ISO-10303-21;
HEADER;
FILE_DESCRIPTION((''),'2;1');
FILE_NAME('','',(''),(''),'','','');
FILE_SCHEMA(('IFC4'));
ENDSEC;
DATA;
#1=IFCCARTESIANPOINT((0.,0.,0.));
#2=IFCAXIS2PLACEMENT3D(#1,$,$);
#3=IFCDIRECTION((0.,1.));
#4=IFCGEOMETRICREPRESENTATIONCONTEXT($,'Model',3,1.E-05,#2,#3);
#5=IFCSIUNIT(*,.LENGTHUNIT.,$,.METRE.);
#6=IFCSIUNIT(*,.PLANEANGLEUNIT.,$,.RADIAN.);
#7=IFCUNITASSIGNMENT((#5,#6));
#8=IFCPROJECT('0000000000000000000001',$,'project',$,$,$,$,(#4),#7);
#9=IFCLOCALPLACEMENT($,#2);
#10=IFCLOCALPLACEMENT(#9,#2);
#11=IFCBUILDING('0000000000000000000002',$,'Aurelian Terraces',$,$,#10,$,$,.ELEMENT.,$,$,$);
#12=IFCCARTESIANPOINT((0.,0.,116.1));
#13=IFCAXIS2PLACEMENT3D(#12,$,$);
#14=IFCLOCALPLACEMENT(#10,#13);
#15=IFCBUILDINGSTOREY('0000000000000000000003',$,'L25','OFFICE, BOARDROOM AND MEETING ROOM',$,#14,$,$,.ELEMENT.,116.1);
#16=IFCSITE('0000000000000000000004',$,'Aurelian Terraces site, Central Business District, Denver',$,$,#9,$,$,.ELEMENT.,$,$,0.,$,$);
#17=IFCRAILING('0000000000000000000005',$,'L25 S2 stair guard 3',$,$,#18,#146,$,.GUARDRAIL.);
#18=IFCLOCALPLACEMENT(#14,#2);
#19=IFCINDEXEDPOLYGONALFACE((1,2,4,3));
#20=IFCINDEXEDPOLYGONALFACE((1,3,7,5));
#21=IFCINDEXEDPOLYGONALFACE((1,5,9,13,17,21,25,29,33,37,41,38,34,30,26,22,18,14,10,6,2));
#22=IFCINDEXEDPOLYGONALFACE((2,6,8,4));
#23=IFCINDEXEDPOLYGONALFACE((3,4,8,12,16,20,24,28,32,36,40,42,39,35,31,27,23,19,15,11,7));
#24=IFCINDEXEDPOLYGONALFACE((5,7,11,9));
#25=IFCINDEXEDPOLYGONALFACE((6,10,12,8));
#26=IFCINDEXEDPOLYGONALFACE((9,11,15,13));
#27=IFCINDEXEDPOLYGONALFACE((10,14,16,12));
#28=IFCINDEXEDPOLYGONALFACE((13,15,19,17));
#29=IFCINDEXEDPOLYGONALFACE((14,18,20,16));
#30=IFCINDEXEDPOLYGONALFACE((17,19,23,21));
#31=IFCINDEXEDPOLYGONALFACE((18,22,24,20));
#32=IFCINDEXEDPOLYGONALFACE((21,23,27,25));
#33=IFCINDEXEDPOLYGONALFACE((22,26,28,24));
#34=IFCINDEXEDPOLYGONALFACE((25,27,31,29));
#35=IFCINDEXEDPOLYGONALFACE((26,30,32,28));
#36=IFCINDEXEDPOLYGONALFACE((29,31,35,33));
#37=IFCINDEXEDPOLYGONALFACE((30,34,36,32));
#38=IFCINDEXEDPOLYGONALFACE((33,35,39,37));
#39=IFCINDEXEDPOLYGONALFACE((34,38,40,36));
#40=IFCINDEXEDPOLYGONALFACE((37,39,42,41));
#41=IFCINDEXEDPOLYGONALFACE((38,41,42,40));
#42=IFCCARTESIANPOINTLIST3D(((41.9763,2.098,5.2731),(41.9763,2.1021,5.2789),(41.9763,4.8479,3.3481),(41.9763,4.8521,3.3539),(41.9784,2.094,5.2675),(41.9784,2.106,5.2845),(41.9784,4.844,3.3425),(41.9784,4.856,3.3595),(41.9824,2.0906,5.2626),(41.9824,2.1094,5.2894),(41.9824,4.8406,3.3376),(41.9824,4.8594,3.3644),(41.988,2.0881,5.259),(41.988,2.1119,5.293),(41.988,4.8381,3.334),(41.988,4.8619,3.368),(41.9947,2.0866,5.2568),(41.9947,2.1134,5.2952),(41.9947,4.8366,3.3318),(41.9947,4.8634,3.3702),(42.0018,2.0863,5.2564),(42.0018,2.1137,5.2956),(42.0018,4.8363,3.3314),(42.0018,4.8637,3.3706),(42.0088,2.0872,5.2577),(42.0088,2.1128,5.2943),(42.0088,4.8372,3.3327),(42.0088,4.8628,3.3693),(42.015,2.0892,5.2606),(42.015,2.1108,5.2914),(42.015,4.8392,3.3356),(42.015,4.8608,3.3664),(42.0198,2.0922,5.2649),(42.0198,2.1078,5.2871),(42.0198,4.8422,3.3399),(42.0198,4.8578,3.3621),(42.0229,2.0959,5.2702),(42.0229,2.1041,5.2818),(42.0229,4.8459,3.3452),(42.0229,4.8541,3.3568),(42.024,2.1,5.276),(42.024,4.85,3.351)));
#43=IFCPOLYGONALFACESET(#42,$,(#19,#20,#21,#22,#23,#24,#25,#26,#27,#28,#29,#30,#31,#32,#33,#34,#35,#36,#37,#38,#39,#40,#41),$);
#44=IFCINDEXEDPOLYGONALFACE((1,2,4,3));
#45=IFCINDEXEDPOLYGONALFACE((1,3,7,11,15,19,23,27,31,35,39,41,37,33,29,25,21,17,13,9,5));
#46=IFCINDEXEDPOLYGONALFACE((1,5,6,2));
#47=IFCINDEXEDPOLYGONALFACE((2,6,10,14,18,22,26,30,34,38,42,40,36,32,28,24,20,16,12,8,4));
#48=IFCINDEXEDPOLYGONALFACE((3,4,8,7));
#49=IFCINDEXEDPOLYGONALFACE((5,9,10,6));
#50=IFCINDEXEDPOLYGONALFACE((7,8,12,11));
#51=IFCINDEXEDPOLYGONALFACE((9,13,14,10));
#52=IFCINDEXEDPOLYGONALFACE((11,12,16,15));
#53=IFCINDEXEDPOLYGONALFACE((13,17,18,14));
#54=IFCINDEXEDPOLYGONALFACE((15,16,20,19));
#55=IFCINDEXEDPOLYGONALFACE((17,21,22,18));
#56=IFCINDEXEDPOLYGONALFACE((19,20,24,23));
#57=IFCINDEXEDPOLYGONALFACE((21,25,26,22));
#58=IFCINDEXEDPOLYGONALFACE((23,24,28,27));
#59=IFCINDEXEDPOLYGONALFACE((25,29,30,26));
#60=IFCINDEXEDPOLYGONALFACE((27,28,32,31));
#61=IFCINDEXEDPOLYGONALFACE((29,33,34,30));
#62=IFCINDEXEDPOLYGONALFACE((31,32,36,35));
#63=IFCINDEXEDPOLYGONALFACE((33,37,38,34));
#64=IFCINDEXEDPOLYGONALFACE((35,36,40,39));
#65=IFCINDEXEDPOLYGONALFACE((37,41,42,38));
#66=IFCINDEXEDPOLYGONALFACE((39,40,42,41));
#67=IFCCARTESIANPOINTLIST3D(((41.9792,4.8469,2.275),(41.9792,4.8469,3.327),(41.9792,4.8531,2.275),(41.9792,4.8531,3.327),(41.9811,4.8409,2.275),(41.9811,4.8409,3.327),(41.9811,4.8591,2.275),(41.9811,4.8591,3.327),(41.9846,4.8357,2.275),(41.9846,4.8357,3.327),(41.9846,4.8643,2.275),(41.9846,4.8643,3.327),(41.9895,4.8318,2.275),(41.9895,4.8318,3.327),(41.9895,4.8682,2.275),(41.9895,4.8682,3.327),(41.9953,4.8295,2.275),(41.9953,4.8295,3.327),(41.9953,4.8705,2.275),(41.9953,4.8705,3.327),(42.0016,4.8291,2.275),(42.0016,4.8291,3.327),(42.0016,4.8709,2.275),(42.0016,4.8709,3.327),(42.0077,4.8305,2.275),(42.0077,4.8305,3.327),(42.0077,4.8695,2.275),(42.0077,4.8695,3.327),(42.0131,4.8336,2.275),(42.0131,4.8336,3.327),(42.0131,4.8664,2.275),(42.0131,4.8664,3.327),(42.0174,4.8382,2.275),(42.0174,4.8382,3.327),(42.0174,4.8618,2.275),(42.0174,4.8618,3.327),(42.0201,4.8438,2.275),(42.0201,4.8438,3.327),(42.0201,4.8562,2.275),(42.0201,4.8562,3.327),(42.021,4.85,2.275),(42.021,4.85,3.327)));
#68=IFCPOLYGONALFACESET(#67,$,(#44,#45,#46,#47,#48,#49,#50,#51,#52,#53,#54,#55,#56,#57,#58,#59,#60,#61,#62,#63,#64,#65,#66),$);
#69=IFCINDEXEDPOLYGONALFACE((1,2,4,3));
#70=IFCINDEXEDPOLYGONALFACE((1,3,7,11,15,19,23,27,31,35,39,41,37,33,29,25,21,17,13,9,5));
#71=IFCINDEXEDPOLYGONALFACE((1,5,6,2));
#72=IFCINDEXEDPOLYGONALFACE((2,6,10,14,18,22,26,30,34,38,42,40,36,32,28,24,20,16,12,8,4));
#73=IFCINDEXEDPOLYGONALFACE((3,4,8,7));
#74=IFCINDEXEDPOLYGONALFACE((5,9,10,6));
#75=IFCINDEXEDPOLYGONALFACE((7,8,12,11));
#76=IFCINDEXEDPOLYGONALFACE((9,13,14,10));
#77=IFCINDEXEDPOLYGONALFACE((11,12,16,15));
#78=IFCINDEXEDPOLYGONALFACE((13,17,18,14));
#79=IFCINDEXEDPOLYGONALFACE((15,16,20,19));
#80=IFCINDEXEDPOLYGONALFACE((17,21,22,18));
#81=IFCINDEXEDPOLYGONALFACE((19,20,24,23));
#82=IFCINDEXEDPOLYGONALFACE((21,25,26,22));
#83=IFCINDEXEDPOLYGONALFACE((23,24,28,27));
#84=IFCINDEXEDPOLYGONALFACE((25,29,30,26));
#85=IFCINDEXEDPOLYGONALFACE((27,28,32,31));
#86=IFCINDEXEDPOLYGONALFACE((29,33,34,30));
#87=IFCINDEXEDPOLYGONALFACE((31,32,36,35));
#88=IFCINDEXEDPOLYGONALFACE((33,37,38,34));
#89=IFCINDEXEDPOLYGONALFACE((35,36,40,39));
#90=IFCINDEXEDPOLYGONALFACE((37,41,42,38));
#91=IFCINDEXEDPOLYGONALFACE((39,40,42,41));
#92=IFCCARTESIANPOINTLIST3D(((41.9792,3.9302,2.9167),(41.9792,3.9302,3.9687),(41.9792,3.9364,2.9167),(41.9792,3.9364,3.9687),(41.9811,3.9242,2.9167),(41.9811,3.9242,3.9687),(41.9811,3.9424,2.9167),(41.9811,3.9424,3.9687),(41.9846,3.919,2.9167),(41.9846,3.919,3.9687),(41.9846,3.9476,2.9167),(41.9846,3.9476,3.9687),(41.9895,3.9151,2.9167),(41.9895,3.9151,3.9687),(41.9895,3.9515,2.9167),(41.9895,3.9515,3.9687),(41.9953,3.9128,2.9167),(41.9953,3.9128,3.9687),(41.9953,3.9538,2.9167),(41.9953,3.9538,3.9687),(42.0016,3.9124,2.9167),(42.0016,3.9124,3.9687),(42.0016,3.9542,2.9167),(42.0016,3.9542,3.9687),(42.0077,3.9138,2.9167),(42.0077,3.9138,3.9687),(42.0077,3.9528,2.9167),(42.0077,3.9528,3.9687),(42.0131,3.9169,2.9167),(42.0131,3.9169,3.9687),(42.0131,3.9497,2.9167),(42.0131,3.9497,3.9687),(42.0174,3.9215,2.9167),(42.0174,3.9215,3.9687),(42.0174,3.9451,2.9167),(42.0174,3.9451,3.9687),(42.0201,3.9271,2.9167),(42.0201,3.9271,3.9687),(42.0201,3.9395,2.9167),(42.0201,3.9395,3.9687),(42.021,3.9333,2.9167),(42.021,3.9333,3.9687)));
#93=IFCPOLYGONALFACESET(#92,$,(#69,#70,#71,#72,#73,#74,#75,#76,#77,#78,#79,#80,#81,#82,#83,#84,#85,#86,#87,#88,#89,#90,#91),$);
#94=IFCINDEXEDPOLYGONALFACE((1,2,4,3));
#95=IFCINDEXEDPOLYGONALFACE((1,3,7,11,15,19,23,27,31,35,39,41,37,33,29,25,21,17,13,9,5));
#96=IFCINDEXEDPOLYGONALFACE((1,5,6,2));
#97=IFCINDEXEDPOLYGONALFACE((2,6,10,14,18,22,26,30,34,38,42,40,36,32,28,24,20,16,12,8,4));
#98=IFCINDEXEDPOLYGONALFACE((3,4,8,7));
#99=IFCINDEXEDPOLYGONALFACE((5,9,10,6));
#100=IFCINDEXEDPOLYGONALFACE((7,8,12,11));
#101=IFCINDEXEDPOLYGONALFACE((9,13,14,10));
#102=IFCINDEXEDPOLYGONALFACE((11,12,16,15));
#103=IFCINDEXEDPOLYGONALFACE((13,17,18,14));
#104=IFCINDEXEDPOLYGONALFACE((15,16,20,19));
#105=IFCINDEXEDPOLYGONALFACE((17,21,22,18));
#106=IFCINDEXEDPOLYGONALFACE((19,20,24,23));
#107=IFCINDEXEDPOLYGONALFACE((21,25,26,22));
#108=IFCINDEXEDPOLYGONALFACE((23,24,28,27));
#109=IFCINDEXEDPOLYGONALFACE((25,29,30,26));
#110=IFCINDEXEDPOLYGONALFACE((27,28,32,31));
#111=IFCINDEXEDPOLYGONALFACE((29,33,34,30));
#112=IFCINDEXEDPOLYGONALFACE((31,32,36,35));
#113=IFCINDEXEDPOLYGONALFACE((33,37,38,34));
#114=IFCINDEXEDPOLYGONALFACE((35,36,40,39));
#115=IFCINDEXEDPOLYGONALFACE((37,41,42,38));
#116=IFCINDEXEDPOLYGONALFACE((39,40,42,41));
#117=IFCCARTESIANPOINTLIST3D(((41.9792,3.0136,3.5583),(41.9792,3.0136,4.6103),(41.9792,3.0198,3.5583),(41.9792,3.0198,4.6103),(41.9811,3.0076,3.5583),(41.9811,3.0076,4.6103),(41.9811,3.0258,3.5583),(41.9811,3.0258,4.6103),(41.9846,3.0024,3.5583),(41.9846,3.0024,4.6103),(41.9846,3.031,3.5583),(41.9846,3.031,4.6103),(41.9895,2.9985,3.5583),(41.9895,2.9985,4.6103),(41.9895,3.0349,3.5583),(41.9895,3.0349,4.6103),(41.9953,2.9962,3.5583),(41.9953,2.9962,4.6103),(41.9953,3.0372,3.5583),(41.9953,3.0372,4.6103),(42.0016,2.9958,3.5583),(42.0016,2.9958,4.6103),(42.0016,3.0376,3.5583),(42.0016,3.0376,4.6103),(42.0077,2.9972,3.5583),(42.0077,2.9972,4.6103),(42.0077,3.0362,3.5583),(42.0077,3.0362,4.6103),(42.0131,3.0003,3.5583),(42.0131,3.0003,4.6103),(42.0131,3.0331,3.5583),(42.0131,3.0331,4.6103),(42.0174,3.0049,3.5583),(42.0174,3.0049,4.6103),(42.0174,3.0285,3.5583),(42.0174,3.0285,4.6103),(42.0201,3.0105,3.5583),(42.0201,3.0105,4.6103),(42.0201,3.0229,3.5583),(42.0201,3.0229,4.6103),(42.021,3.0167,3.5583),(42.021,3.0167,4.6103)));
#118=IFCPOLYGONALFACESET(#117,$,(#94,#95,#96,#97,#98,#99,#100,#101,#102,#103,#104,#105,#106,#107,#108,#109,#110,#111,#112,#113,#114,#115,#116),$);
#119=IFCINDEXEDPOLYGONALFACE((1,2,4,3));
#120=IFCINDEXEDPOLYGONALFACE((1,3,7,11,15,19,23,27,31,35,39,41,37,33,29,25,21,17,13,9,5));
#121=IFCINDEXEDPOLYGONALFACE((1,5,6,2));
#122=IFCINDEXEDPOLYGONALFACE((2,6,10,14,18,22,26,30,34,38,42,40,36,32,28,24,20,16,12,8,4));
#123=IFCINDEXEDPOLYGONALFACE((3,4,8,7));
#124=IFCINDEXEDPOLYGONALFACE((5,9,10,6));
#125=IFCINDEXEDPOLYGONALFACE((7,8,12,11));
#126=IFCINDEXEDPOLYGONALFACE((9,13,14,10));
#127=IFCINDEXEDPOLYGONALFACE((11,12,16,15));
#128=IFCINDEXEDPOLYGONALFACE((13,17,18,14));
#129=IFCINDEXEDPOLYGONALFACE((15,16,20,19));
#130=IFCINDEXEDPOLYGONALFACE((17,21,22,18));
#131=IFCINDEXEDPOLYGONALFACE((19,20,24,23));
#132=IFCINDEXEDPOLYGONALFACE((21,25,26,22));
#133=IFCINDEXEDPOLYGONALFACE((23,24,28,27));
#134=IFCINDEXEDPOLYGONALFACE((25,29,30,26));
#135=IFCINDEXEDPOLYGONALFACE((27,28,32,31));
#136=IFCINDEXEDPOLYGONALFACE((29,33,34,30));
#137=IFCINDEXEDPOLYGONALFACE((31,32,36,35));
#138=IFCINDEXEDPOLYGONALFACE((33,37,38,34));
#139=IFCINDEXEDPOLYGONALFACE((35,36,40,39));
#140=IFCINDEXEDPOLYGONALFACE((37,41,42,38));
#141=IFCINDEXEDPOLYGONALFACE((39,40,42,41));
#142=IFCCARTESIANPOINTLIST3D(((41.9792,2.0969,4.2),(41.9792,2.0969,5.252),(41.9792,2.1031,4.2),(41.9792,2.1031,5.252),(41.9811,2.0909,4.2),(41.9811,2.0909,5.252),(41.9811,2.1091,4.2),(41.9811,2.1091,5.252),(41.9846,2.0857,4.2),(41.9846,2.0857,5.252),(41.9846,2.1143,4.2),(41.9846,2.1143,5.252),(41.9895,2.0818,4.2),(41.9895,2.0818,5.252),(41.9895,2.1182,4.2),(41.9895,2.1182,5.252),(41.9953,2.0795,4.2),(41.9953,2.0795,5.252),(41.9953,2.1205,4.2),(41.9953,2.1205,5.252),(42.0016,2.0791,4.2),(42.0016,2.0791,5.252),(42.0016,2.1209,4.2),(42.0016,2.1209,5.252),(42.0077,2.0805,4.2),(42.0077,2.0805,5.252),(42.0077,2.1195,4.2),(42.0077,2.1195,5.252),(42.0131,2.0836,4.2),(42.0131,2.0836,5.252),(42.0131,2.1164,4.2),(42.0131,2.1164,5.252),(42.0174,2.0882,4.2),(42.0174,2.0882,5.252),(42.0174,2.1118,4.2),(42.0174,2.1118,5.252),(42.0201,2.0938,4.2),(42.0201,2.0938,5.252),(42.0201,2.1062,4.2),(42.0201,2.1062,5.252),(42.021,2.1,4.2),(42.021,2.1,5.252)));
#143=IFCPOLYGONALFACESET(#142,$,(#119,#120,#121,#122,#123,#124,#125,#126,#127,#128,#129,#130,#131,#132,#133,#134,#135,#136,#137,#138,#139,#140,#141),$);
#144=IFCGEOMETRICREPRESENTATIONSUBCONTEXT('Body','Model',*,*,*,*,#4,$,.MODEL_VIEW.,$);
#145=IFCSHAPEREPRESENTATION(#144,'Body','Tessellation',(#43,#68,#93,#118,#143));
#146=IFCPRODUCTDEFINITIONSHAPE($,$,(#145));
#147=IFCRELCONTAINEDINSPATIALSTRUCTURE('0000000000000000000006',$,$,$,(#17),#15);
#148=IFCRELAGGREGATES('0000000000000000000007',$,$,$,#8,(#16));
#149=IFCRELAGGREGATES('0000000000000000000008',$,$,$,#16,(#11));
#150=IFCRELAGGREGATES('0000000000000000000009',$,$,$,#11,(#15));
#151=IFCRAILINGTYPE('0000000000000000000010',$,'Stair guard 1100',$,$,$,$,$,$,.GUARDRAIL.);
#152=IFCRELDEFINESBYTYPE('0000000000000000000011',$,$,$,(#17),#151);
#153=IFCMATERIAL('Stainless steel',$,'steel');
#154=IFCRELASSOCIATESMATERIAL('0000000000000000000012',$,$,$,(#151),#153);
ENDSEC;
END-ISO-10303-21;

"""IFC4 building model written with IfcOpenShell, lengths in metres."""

from ifc_helpers import new_model, si_unit, direction, frame, origin, origin_2d, place, context, subcontext, project, spatial, circle, extrude, source, transform, mapped, material, type_object, element, save


model = new_model("IFC4")

# Units and contexts
model_context = context("Model", 3, precision=1e-05, world=origin(), true_north=direction((0.0, 1.0)))
body_context = subcontext(model_context, "Body", "Model", "MODEL_VIEW")
ifc_project = project(units=[si_unit("LENGTHUNIT", "METRE"), si_unit("PLANEANGLEUNIT", "RADIAN")], contexts=[model_context])

# Site, building, storey
site_placement = place(None, origin())
site = spatial("IfcSite", under=ifc_project, at=site_placement, Name="Aurelian Terraces site, Central Business District, Denver", CompositionType="ELEMENT", RefElevation=0.0)
building_placement = place(site_placement, origin())
building = spatial("IfcBuilding", under=site, at=building_placement, Name="Aurelian Terraces", CompositionType="ELEMENT")
storey_placement = place(building_placement, frame((0.0, 0.0, 116.1)))
storey = spatial("IfcBuildingStorey", under=building, at=storey_placement, Name="L25", Description="OFFICE, BOARDROOM AND MEETING ROOM", CompositionType="ELEMENT", Elevation=116.1)

# Railing
ifc_material_1 = material(Name="Stainless steel", Category="steel")
railing_type_1 = type_object("IfcRailingType", Name="Stair guard 1100", PredefinedType="GUARDRAIL", material=ifc_material_1)
shared_shape_1 = source(origin(), body_context, "Body", "SweptSolid", [
    extrude(circle(Radius=0.024, at=origin_2d()), frame((0.0, 0.0, 1.076), z_axis=(0.0, -0.819232, 0.573462), x_axis=(1.0, 0.0, 0.0)), (0.0, 0.0, 1.0), 3.3568),
    extrude(circle(Radius=0.021, at=origin_2d()), origin(), (0.0, 0.0, 1.0), 1.052),
    extrude(circle(Radius=0.021, at=origin_2d()), frame((0.0, -0.9167, 0.6417)), (0.0, 0.0, 1.0), 1.052),
    extrude(circle(Radius=0.021, at=origin_2d()), frame((0.0, -1.8333, 1.2833)), (0.0, 0.0, 1.0), 1.052),
    extrude(circle(Radius=0.021, at=origin_2d()), frame((0.0, -2.75, 1.925)), (0.0, 0.0, 1.0), 1.052),
])
railing_1_placement = place(storey_placement, frame((42.0, 4.85, 2.275)))
element("IfcRailing", 1, at=railing_1_placement, inside=storey, type_object=railing_type_1, Name="L25 S2 stair guard 3", PredefinedType="GUARDRAIL", context=body_context, shape_type="MappedRepresentation", body=[
    mapped(shared_shape_1, transform((0.0, 0.0, 0.0), scale=1.0)),
])

save(model, "model.ifc")
